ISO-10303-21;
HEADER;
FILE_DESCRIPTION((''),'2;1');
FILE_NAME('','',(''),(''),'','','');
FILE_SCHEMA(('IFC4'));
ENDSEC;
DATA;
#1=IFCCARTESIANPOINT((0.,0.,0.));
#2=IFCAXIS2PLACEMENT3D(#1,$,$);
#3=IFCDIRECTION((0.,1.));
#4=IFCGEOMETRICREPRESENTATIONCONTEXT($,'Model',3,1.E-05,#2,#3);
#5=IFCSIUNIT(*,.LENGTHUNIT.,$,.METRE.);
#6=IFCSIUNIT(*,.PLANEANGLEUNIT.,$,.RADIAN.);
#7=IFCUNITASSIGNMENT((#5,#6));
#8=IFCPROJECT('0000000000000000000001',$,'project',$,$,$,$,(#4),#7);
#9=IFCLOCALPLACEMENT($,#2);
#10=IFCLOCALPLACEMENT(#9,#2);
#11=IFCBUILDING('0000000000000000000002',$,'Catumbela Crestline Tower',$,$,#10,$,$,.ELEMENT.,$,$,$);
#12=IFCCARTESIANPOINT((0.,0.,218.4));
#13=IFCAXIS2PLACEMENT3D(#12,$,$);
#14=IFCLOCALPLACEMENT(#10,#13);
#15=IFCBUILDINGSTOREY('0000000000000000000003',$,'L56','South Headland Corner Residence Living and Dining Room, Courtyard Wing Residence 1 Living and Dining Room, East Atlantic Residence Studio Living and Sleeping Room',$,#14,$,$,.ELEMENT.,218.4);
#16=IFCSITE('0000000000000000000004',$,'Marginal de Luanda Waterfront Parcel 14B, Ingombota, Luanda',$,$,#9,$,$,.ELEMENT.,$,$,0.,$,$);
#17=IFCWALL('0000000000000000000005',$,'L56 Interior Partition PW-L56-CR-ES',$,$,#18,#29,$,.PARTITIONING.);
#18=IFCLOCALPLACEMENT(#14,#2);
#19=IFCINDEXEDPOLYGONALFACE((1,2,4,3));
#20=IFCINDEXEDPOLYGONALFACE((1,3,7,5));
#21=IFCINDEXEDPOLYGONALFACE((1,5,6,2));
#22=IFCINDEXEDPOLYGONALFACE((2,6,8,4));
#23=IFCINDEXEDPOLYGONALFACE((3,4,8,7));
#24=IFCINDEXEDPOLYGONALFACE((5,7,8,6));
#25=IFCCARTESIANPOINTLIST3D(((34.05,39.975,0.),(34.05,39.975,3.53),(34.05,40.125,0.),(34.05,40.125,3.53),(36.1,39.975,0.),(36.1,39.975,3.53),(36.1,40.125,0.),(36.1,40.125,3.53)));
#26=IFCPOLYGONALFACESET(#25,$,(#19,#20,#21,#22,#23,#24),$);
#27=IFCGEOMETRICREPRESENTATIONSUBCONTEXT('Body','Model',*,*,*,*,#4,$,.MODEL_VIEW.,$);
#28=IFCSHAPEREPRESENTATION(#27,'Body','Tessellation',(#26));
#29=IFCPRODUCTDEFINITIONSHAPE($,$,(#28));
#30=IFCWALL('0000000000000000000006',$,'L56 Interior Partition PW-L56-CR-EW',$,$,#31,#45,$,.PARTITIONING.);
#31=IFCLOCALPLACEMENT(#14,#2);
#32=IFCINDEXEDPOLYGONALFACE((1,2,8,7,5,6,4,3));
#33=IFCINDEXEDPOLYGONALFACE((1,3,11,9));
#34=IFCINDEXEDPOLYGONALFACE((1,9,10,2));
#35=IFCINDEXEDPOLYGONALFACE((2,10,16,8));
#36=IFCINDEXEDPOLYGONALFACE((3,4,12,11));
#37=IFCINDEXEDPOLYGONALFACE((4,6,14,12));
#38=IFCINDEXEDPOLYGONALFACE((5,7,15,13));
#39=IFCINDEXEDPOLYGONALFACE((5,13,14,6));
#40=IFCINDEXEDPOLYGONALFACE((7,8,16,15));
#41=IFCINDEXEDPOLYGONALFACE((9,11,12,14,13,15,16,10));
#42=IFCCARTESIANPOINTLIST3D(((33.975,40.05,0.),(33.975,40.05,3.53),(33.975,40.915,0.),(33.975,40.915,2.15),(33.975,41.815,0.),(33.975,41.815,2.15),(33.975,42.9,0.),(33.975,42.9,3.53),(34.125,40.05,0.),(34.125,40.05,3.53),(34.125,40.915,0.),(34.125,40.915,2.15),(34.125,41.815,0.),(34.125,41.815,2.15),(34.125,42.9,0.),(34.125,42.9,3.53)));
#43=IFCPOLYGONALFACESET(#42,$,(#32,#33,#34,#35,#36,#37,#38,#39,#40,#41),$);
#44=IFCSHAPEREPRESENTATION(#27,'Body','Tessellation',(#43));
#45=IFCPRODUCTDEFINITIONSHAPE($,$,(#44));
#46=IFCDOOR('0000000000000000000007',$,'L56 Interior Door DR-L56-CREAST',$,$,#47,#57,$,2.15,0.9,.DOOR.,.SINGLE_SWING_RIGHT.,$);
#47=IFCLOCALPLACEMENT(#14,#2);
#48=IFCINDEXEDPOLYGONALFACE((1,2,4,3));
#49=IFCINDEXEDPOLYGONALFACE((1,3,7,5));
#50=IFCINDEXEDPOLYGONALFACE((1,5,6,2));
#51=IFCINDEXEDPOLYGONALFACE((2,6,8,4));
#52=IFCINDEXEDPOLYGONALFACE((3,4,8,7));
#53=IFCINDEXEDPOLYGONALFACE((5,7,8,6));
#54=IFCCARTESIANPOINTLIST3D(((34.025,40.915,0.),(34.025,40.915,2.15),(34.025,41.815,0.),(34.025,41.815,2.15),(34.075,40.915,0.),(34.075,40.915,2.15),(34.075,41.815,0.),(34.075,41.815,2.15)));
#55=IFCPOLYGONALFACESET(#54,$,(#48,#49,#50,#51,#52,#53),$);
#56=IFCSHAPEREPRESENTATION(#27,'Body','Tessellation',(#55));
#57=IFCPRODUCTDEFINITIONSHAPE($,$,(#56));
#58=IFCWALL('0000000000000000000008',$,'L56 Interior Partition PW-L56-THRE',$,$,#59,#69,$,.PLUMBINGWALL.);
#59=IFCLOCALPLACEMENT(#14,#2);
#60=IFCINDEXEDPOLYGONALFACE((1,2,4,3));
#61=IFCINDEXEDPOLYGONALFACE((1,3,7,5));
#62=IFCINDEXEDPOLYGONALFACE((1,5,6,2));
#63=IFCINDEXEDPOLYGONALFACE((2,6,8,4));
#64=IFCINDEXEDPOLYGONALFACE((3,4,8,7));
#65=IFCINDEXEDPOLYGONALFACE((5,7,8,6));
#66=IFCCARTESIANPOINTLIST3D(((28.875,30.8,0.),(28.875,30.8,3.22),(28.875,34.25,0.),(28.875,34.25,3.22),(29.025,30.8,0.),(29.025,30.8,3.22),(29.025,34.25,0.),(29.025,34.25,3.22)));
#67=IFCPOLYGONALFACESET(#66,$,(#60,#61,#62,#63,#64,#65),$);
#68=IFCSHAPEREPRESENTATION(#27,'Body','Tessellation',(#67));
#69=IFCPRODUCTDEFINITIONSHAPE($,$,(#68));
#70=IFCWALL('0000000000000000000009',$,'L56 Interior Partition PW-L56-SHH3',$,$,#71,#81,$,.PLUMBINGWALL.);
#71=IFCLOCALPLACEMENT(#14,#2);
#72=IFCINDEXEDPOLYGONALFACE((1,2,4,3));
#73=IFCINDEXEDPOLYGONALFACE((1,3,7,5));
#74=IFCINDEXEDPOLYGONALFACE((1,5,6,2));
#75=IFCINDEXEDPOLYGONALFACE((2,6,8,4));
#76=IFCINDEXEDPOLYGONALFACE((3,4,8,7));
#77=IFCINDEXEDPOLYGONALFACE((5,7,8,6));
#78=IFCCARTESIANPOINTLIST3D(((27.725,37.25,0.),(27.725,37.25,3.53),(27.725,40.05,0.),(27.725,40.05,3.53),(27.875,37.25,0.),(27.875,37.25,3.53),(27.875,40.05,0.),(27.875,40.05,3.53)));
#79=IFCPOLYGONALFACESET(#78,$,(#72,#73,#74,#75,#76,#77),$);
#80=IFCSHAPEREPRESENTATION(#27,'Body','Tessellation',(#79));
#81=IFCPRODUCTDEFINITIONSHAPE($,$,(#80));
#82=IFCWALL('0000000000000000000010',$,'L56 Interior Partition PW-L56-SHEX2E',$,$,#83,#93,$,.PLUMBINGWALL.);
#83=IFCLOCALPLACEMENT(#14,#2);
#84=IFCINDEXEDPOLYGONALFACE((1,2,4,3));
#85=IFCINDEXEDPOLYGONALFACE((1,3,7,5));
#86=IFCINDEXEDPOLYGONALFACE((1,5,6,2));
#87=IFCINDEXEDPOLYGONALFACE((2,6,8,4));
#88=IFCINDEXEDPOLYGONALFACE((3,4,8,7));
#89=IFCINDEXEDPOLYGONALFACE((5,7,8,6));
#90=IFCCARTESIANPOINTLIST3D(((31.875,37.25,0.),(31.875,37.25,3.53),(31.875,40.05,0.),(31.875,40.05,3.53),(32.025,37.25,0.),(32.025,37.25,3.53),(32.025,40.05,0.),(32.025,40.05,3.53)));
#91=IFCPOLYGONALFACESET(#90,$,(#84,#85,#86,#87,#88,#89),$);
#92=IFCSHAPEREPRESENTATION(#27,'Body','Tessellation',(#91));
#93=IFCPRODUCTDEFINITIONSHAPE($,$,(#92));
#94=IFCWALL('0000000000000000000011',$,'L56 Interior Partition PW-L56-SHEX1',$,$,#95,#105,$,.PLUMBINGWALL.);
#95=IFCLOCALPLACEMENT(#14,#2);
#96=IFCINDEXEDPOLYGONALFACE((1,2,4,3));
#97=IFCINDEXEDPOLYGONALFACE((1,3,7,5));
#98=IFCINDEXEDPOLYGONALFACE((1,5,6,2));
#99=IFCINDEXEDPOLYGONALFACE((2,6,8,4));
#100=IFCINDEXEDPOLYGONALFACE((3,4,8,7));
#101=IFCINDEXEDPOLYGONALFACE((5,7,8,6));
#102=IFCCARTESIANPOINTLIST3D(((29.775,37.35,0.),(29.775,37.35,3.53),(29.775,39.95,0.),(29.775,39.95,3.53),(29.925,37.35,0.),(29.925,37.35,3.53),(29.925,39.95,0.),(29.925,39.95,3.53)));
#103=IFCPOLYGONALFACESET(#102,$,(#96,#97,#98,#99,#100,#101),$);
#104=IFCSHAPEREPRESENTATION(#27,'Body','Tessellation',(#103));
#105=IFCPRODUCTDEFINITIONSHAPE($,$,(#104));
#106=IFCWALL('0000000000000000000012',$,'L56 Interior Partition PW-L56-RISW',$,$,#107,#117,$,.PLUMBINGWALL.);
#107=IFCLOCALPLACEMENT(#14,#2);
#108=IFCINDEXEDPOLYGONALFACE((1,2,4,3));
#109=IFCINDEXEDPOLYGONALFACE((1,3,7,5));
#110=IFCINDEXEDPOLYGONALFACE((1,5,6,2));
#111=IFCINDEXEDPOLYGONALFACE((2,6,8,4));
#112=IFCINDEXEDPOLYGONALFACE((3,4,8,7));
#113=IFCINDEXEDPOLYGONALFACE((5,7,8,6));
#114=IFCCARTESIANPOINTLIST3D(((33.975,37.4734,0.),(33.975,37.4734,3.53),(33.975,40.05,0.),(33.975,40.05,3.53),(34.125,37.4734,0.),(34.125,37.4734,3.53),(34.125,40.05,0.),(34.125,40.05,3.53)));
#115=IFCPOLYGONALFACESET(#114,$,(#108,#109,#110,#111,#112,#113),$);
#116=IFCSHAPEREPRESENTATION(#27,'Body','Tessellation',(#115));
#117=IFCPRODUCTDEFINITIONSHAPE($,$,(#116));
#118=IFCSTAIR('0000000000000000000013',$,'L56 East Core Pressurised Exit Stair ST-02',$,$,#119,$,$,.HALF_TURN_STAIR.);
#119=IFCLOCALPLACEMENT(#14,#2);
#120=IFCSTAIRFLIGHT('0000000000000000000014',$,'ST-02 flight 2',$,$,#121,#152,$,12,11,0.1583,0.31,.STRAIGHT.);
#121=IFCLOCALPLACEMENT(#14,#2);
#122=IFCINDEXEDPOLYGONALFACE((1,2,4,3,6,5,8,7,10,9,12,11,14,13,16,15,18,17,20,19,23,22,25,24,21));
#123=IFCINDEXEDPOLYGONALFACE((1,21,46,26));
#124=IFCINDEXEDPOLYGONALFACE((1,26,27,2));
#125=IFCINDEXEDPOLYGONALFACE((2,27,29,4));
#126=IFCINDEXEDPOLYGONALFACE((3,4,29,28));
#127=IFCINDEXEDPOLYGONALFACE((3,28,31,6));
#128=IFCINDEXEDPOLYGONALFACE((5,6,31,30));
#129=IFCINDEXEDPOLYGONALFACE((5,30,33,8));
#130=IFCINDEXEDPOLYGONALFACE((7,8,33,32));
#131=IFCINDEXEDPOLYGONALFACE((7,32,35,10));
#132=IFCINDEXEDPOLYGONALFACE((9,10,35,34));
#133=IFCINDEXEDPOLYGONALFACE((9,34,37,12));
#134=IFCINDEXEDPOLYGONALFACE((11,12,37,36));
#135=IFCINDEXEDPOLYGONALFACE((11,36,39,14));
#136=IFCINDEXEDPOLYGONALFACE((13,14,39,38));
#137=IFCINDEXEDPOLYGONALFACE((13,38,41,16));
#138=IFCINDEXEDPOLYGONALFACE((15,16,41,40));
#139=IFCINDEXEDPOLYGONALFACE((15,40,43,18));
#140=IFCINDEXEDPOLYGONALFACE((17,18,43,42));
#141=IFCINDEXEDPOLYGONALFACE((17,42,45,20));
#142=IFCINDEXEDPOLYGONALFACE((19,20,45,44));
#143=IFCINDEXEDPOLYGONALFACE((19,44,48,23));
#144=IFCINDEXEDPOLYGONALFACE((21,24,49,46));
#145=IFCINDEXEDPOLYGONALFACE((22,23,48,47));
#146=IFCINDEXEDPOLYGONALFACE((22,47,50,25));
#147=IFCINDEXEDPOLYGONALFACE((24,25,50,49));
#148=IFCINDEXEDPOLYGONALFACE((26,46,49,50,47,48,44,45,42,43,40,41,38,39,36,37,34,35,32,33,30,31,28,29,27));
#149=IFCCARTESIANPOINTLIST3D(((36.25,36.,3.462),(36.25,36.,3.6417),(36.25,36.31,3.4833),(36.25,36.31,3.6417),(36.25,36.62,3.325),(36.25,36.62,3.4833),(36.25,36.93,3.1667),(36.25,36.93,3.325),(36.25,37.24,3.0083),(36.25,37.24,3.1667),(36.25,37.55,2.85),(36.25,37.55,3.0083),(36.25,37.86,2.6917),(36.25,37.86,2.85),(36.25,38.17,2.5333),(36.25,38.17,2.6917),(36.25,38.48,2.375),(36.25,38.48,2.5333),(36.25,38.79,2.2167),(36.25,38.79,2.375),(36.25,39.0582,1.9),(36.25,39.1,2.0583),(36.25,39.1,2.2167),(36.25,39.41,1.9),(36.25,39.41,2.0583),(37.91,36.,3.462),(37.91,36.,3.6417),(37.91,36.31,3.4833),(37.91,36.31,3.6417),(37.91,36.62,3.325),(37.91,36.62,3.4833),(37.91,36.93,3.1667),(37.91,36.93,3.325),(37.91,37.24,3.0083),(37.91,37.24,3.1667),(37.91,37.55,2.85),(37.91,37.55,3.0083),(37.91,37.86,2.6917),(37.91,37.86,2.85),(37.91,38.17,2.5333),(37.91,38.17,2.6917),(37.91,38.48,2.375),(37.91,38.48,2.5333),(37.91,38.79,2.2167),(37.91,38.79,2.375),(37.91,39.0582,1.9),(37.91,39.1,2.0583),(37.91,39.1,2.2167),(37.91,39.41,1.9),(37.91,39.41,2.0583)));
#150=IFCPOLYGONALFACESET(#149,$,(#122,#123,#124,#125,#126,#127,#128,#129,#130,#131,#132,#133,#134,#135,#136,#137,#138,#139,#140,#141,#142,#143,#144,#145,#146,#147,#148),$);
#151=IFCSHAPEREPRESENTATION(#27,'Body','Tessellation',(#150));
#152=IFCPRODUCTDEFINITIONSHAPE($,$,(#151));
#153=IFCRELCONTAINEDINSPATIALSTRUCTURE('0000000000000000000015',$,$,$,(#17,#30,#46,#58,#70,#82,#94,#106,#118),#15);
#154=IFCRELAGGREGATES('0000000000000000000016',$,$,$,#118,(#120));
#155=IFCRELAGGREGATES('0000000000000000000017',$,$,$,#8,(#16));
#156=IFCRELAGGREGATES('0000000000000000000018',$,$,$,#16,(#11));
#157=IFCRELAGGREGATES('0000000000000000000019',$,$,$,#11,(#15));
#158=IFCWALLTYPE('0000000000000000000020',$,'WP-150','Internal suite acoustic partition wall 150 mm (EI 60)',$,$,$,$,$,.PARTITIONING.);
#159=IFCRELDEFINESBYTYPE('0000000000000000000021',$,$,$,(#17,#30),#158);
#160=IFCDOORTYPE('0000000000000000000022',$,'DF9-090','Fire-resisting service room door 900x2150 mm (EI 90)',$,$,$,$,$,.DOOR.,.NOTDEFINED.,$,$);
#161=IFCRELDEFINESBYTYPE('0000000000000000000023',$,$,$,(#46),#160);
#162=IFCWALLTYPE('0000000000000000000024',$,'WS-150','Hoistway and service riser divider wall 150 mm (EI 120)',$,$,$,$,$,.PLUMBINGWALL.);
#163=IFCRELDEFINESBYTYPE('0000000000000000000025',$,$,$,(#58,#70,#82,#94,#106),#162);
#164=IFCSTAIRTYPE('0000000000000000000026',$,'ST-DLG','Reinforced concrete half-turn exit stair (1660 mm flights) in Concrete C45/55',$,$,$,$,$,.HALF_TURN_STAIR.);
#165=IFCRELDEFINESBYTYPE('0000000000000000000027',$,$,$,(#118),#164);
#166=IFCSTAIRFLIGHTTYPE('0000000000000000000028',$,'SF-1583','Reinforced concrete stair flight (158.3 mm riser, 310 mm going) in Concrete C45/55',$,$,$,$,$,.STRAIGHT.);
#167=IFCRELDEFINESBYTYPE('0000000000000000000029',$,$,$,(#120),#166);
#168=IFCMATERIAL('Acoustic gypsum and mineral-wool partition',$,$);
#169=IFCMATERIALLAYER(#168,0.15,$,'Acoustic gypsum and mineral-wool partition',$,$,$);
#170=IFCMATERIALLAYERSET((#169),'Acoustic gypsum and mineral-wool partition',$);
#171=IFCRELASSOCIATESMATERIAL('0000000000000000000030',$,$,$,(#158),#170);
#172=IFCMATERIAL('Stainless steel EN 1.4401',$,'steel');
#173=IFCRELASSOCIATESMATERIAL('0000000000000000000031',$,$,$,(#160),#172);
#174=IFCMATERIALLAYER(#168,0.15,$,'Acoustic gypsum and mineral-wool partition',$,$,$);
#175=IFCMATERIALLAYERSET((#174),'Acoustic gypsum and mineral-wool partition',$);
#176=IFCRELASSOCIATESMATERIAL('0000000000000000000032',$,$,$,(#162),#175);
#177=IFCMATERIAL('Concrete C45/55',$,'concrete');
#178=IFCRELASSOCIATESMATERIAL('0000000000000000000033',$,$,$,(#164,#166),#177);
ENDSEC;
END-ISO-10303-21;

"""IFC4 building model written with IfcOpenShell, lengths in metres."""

from ifc_helpers import new_model, si_unit, direction, frame, frame_2d, origin, place, context, subcontext, project, spatial, polyline, rectangle, outline, extrude, material, layer, layer_set, type_object, element, fill, aggregate, save


model = new_model("IFC4")

# Units and contexts
model_context = context("Model", 3, precision=1e-05, world=origin(), true_north=direction((0.0, 1.0)))
body_context = subcontext(model_context, "Body", "Model", "MODEL_VIEW")
ifc_project = project(units=[si_unit("LENGTHUNIT", "METRE"), si_unit("PLANEANGLEUNIT", "RADIAN")], contexts=[model_context])

# Site, building, storey
site_placement = place(None, origin())
site = spatial("IfcSite", under=ifc_project, at=site_placement, Name="Marginal de Luanda Waterfront Parcel 14B, Ingombota, Luanda", CompositionType="ELEMENT", RefElevation=0.0)
building_placement = place(site_placement, origin())
building = spatial("IfcBuilding", under=site, at=building_placement, Name="Catumbela Crestline Tower", CompositionType="ELEMENT")
storey_placement = place(building_placement, frame((0.0, 0.0, 218.4)))
storey = spatial("IfcBuildingStorey", under=building, at=storey_placement, Name="L56", Description="South Headland Corner Residence Living and Dining Room, Courtyard Wing Residence 1 Living and Dining Room, East Atlantic Residence Studio Living and Sleeping Room", CompositionType="ELEMENT", Elevation=218.4)

# Shared definitions
ifc_material_1 = material(Name="Stainless steel EN 1.4401", Category="steel")

# Shared definitions
ifc_material_2 = material(Name="Concrete C45/55", Category="concrete")
ifc_material_3 = material(Name="Acoustic gypsum and mineral-wool partition")

# Wall
ifc_layer_1 = layer(ifc_material_3, 0.15, Name="Acoustic gypsum and mineral-wool partition")
ifc_layer_set_1 = layer_set([ifc_layer_1], Name="Acoustic gypsum and mineral-wool partition")
wall_type_1 = type_object("IfcWallType", Name="WP-150", Description="Internal suite acoustic partition wall 150 mm (EI 60)", PredefinedType="PARTITIONING", material=ifc_layer_set_1)
wall_1_placement = place(storey_placement, frame((34.05, 40.05, 0.0), z_axis=(0.0, 0.0, 1.0), x_axis=(1.0, 0.0, 0.0)))
element("IfcWall", 1, at=wall_1_placement, inside=storey, type_object=wall_type_1, Name="L56 Interior Partition PW-L56-CR-ES", PredefinedType="PARTITIONING", context=body_context, shape_type="SweptSolid", body=[
    extrude(rectangle(XDim=2.05, YDim=0.15, at=frame_2d((1.025, 0.0))), origin(), (0.0, 0.0, 1.0), 3.53),
])

# Wall, opening, door
wall_2_placement = place(storey_placement, frame((34.05, 40.05, 0.0), z_axis=(0.0, 0.0, 1.0), x_axis=(0.0, 1.0, 0.0)))
wall_2 = element("IfcWall", 2, at=wall_2_placement, inside=storey, type_object=wall_type_1, Name="L56 Interior Partition PW-L56-CR-EW", PredefinedType="PARTITIONING", context=body_context, shape_type="SweptSolid", body=[
    extrude(rectangle(XDim=2.85, YDim=0.15, at=frame_2d((1.425, 0.0))), origin(), (0.0, 0.0, 1.0), 3.53),
])
opening_1_placement = place(wall_2_placement, frame((0.865, 0.0, 0.0)))
opening_1 = element("IfcOpeningElement", 3, at=opening_1_placement, cuts=wall_2, PredefinedType="OPENING", context=body_context, shape_type="SweptSolid", body=[
    extrude(rectangle(XDim=0.9, YDim=2.15, at=frame_2d((0.45, 1.075))), frame((0.0, 0.085, 0.0), z_axis=(0.0, -1.0, 0.0), x_axis=(1.0, 0.0, 0.0)), (0.0, 0.0, 1.0), 0.17),
])
door_type_1 = type_object("IfcDoorType", Name="DF9-090", Description="Fire-resisting service room door 900x2150 mm (EI 90)", OperationType="NOTDEFINED", PredefinedType="DOOR", material=ifc_material_1)
door_1_placement = place(opening_1_placement, origin())
door_1 = element("IfcDoor", 4, at=door_1_placement, inside=storey, type_object=door_type_1, Name="L56 Interior Door DR-L56-CREAST", OperationType="SINGLE_SWING_RIGHT", OverallHeight=2.15, OverallWidth=0.9, PredefinedType="DOOR", context=body_context, shape_type="SweptSolid", body=[
    extrude(rectangle(XDim=0.9, YDim=2.15, at=frame_2d((0.45, 1.075))), frame((0.0, 0.025, 0.0), z_axis=(0.0, -1.0, 0.0), x_axis=(1.0, 0.0, 0.0)), (0.0, 0.0, 1.0), 0.05),
])
fill(opening_1, door_1)

# Walls
ifc_layer_2 = layer(ifc_material_3, 0.15, Name="Acoustic gypsum and mineral-wool partition")
ifc_layer_set_2 = layer_set([ifc_layer_2], Name="Acoustic gypsum and mineral-wool partition")
wall_type_2 = type_object("IfcWallType", Name="WS-150", Description="Hoistway and service riser divider wall 150 mm (EI 120)", PredefinedType="PLUMBINGWALL", material=ifc_layer_set_2)
wall_3_placement = place(storey_placement, frame((28.95, 30.8, 0.0), z_axis=(0.0, 0.0, 1.0), x_axis=(0.0, 1.0, 0.0)))
element("IfcWall", 5, at=wall_3_placement, inside=storey, type_object=wall_type_2, Name="L56 Interior Partition PW-L56-THRE", PredefinedType="PLUMBINGWALL", context=body_context, shape_type="SweptSolid", body=[
    extrude(rectangle(XDim=3.45, YDim=0.15, at=frame_2d((1.725, 0.0))), origin(), (0.0, 0.0, 1.0), 3.22),
])
for number, where, z_axis, x_axis, name in (
    (6, (27.8, 37.25, 0.0), (0.0, 0.0, 1.0), (0.0, 1.0, 0.0), "L56 Interior Partition PW-L56-SHH3"),
    (7, (31.95, 37.25, 0.0), (0.0, 0.0, 1.0), (0.0, 1.0, 0.0), "L56 Interior Partition PW-L56-SHEX2E"),
):
    element("IfcWall", number, at=place(storey_placement, frame(where, z_axis=z_axis, x_axis=x_axis)), inside=storey, type_object=wall_type_2, Name=name, PredefinedType="PLUMBINGWALL", context=body_context, shape_type="SweptSolid", body=[
        extrude(rectangle(XDim=2.8, YDim=0.15, at=frame_2d((1.4, 0.0))), origin(), (0.0, 0.0, 1.0), 3.53),
    ])
wall_4_placement = place(storey_placement, frame((29.85, 37.35, 0.0), z_axis=(0.0, 0.0, 1.0), x_axis=(0.0, 1.0, 0.0)))
element("IfcWall", 8, at=wall_4_placement, inside=storey, type_object=wall_type_2, Name="L56 Interior Partition PW-L56-SHEX1", PredefinedType="PLUMBINGWALL", context=body_context, shape_type="SweptSolid", body=[
    extrude(rectangle(XDim=2.6, YDim=0.15, at=frame_2d((1.3, 0.0))), origin(), (0.0, 0.0, 1.0), 3.53),
])
wall_5_placement = place(storey_placement, frame((34.05, 37.4734, 0.0), z_axis=(0.0, 0.0, 1.0), x_axis=(0.0, 1.0, 0.0)))
element("IfcWall", 9, at=wall_5_placement, inside=storey, type_object=wall_type_2, Name="L56 Interior Partition PW-L56-RISW", PredefinedType="PLUMBINGWALL", context=body_context, shape_type="SweptSolid", body=[
    extrude(rectangle(XDim=2.5766, YDim=0.15, at=frame_2d((1.2883, 0.0))), origin(), (0.0, 0.0, 1.0), 3.53),
])

# Stair, stair flight
stair_type = type_object("IfcStairType", Name="ST-DLG", Description="Reinforced concrete half-turn exit stair (1660 mm flights) in Concrete C45/55", PredefinedType="HALF_TURN_STAIR", material=ifc_material_2)
stair_placement = place(storey_placement, origin())
stair = element("IfcStair", 10, at=stair_placement, inside=storey, type_object=stair_type, Name="L56 East Core Pressurised Exit Stair ST-02", PredefinedType="HALF_TURN_STAIR")
stair_flight_type = type_object("IfcStairFlightType", Name="SF-1583", Description="Reinforced concrete stair flight (158.3 mm riser, 310 mm going) in Concrete C45/55", PredefinedType="STRAIGHT", material=ifc_material_2)
stair_flight_placement = place(storey_placement, frame((37.08, 39.41, 1.9), z_axis=(0.0, 0.0, 1.0), x_axis=(0.0, -1.0, 0.0)))
stair_flight = element("IfcStairFlight", 11, at=stair_flight_placement, type_object=stair_flight_type, Name="ST-02 flight 2", NumberOfRisers=12, NumberOfTreads=11, PredefinedType="STRAIGHT", RiserHeight=0.1583, TreadLength=0.31, context=body_context, shape_type="SweptSolid", body=[
    extrude(outline(polyline([(0.0, 0.0), (0.0, 0.1583), (0.31, 0.1583), (0.31, 0.3167), (0.62, 0.3167), (0.62, 0.475), (0.93, 0.475), (0.93, 0.6333), (1.24, 0.6333), (1.24, 0.7917), (1.55, 0.7917), (1.55, 0.95), (1.86, 0.95), (1.86, 1.1083), (2.17, 1.1083), (2.17, 1.2667), (2.48, 1.2667), (2.48, 1.425), (2.79, 1.425), (2.79, 1.5833), (3.1, 1.5833), (3.1, 1.7417), (3.41, 1.7417), (3.41, 1.9), (3.41, 1.562), (0.3518, 0.0), (0.0, 0.0)])), frame((0.0, 0.83, 0.0), z_axis=(0.0, -1.0, 0.0), x_axis=(1.0, 0.0, 0.0)), (0.0, 0.0, 1.0), 1.66),
])
aggregate(stair, [stair_flight])

save(model, "model.ifc")
